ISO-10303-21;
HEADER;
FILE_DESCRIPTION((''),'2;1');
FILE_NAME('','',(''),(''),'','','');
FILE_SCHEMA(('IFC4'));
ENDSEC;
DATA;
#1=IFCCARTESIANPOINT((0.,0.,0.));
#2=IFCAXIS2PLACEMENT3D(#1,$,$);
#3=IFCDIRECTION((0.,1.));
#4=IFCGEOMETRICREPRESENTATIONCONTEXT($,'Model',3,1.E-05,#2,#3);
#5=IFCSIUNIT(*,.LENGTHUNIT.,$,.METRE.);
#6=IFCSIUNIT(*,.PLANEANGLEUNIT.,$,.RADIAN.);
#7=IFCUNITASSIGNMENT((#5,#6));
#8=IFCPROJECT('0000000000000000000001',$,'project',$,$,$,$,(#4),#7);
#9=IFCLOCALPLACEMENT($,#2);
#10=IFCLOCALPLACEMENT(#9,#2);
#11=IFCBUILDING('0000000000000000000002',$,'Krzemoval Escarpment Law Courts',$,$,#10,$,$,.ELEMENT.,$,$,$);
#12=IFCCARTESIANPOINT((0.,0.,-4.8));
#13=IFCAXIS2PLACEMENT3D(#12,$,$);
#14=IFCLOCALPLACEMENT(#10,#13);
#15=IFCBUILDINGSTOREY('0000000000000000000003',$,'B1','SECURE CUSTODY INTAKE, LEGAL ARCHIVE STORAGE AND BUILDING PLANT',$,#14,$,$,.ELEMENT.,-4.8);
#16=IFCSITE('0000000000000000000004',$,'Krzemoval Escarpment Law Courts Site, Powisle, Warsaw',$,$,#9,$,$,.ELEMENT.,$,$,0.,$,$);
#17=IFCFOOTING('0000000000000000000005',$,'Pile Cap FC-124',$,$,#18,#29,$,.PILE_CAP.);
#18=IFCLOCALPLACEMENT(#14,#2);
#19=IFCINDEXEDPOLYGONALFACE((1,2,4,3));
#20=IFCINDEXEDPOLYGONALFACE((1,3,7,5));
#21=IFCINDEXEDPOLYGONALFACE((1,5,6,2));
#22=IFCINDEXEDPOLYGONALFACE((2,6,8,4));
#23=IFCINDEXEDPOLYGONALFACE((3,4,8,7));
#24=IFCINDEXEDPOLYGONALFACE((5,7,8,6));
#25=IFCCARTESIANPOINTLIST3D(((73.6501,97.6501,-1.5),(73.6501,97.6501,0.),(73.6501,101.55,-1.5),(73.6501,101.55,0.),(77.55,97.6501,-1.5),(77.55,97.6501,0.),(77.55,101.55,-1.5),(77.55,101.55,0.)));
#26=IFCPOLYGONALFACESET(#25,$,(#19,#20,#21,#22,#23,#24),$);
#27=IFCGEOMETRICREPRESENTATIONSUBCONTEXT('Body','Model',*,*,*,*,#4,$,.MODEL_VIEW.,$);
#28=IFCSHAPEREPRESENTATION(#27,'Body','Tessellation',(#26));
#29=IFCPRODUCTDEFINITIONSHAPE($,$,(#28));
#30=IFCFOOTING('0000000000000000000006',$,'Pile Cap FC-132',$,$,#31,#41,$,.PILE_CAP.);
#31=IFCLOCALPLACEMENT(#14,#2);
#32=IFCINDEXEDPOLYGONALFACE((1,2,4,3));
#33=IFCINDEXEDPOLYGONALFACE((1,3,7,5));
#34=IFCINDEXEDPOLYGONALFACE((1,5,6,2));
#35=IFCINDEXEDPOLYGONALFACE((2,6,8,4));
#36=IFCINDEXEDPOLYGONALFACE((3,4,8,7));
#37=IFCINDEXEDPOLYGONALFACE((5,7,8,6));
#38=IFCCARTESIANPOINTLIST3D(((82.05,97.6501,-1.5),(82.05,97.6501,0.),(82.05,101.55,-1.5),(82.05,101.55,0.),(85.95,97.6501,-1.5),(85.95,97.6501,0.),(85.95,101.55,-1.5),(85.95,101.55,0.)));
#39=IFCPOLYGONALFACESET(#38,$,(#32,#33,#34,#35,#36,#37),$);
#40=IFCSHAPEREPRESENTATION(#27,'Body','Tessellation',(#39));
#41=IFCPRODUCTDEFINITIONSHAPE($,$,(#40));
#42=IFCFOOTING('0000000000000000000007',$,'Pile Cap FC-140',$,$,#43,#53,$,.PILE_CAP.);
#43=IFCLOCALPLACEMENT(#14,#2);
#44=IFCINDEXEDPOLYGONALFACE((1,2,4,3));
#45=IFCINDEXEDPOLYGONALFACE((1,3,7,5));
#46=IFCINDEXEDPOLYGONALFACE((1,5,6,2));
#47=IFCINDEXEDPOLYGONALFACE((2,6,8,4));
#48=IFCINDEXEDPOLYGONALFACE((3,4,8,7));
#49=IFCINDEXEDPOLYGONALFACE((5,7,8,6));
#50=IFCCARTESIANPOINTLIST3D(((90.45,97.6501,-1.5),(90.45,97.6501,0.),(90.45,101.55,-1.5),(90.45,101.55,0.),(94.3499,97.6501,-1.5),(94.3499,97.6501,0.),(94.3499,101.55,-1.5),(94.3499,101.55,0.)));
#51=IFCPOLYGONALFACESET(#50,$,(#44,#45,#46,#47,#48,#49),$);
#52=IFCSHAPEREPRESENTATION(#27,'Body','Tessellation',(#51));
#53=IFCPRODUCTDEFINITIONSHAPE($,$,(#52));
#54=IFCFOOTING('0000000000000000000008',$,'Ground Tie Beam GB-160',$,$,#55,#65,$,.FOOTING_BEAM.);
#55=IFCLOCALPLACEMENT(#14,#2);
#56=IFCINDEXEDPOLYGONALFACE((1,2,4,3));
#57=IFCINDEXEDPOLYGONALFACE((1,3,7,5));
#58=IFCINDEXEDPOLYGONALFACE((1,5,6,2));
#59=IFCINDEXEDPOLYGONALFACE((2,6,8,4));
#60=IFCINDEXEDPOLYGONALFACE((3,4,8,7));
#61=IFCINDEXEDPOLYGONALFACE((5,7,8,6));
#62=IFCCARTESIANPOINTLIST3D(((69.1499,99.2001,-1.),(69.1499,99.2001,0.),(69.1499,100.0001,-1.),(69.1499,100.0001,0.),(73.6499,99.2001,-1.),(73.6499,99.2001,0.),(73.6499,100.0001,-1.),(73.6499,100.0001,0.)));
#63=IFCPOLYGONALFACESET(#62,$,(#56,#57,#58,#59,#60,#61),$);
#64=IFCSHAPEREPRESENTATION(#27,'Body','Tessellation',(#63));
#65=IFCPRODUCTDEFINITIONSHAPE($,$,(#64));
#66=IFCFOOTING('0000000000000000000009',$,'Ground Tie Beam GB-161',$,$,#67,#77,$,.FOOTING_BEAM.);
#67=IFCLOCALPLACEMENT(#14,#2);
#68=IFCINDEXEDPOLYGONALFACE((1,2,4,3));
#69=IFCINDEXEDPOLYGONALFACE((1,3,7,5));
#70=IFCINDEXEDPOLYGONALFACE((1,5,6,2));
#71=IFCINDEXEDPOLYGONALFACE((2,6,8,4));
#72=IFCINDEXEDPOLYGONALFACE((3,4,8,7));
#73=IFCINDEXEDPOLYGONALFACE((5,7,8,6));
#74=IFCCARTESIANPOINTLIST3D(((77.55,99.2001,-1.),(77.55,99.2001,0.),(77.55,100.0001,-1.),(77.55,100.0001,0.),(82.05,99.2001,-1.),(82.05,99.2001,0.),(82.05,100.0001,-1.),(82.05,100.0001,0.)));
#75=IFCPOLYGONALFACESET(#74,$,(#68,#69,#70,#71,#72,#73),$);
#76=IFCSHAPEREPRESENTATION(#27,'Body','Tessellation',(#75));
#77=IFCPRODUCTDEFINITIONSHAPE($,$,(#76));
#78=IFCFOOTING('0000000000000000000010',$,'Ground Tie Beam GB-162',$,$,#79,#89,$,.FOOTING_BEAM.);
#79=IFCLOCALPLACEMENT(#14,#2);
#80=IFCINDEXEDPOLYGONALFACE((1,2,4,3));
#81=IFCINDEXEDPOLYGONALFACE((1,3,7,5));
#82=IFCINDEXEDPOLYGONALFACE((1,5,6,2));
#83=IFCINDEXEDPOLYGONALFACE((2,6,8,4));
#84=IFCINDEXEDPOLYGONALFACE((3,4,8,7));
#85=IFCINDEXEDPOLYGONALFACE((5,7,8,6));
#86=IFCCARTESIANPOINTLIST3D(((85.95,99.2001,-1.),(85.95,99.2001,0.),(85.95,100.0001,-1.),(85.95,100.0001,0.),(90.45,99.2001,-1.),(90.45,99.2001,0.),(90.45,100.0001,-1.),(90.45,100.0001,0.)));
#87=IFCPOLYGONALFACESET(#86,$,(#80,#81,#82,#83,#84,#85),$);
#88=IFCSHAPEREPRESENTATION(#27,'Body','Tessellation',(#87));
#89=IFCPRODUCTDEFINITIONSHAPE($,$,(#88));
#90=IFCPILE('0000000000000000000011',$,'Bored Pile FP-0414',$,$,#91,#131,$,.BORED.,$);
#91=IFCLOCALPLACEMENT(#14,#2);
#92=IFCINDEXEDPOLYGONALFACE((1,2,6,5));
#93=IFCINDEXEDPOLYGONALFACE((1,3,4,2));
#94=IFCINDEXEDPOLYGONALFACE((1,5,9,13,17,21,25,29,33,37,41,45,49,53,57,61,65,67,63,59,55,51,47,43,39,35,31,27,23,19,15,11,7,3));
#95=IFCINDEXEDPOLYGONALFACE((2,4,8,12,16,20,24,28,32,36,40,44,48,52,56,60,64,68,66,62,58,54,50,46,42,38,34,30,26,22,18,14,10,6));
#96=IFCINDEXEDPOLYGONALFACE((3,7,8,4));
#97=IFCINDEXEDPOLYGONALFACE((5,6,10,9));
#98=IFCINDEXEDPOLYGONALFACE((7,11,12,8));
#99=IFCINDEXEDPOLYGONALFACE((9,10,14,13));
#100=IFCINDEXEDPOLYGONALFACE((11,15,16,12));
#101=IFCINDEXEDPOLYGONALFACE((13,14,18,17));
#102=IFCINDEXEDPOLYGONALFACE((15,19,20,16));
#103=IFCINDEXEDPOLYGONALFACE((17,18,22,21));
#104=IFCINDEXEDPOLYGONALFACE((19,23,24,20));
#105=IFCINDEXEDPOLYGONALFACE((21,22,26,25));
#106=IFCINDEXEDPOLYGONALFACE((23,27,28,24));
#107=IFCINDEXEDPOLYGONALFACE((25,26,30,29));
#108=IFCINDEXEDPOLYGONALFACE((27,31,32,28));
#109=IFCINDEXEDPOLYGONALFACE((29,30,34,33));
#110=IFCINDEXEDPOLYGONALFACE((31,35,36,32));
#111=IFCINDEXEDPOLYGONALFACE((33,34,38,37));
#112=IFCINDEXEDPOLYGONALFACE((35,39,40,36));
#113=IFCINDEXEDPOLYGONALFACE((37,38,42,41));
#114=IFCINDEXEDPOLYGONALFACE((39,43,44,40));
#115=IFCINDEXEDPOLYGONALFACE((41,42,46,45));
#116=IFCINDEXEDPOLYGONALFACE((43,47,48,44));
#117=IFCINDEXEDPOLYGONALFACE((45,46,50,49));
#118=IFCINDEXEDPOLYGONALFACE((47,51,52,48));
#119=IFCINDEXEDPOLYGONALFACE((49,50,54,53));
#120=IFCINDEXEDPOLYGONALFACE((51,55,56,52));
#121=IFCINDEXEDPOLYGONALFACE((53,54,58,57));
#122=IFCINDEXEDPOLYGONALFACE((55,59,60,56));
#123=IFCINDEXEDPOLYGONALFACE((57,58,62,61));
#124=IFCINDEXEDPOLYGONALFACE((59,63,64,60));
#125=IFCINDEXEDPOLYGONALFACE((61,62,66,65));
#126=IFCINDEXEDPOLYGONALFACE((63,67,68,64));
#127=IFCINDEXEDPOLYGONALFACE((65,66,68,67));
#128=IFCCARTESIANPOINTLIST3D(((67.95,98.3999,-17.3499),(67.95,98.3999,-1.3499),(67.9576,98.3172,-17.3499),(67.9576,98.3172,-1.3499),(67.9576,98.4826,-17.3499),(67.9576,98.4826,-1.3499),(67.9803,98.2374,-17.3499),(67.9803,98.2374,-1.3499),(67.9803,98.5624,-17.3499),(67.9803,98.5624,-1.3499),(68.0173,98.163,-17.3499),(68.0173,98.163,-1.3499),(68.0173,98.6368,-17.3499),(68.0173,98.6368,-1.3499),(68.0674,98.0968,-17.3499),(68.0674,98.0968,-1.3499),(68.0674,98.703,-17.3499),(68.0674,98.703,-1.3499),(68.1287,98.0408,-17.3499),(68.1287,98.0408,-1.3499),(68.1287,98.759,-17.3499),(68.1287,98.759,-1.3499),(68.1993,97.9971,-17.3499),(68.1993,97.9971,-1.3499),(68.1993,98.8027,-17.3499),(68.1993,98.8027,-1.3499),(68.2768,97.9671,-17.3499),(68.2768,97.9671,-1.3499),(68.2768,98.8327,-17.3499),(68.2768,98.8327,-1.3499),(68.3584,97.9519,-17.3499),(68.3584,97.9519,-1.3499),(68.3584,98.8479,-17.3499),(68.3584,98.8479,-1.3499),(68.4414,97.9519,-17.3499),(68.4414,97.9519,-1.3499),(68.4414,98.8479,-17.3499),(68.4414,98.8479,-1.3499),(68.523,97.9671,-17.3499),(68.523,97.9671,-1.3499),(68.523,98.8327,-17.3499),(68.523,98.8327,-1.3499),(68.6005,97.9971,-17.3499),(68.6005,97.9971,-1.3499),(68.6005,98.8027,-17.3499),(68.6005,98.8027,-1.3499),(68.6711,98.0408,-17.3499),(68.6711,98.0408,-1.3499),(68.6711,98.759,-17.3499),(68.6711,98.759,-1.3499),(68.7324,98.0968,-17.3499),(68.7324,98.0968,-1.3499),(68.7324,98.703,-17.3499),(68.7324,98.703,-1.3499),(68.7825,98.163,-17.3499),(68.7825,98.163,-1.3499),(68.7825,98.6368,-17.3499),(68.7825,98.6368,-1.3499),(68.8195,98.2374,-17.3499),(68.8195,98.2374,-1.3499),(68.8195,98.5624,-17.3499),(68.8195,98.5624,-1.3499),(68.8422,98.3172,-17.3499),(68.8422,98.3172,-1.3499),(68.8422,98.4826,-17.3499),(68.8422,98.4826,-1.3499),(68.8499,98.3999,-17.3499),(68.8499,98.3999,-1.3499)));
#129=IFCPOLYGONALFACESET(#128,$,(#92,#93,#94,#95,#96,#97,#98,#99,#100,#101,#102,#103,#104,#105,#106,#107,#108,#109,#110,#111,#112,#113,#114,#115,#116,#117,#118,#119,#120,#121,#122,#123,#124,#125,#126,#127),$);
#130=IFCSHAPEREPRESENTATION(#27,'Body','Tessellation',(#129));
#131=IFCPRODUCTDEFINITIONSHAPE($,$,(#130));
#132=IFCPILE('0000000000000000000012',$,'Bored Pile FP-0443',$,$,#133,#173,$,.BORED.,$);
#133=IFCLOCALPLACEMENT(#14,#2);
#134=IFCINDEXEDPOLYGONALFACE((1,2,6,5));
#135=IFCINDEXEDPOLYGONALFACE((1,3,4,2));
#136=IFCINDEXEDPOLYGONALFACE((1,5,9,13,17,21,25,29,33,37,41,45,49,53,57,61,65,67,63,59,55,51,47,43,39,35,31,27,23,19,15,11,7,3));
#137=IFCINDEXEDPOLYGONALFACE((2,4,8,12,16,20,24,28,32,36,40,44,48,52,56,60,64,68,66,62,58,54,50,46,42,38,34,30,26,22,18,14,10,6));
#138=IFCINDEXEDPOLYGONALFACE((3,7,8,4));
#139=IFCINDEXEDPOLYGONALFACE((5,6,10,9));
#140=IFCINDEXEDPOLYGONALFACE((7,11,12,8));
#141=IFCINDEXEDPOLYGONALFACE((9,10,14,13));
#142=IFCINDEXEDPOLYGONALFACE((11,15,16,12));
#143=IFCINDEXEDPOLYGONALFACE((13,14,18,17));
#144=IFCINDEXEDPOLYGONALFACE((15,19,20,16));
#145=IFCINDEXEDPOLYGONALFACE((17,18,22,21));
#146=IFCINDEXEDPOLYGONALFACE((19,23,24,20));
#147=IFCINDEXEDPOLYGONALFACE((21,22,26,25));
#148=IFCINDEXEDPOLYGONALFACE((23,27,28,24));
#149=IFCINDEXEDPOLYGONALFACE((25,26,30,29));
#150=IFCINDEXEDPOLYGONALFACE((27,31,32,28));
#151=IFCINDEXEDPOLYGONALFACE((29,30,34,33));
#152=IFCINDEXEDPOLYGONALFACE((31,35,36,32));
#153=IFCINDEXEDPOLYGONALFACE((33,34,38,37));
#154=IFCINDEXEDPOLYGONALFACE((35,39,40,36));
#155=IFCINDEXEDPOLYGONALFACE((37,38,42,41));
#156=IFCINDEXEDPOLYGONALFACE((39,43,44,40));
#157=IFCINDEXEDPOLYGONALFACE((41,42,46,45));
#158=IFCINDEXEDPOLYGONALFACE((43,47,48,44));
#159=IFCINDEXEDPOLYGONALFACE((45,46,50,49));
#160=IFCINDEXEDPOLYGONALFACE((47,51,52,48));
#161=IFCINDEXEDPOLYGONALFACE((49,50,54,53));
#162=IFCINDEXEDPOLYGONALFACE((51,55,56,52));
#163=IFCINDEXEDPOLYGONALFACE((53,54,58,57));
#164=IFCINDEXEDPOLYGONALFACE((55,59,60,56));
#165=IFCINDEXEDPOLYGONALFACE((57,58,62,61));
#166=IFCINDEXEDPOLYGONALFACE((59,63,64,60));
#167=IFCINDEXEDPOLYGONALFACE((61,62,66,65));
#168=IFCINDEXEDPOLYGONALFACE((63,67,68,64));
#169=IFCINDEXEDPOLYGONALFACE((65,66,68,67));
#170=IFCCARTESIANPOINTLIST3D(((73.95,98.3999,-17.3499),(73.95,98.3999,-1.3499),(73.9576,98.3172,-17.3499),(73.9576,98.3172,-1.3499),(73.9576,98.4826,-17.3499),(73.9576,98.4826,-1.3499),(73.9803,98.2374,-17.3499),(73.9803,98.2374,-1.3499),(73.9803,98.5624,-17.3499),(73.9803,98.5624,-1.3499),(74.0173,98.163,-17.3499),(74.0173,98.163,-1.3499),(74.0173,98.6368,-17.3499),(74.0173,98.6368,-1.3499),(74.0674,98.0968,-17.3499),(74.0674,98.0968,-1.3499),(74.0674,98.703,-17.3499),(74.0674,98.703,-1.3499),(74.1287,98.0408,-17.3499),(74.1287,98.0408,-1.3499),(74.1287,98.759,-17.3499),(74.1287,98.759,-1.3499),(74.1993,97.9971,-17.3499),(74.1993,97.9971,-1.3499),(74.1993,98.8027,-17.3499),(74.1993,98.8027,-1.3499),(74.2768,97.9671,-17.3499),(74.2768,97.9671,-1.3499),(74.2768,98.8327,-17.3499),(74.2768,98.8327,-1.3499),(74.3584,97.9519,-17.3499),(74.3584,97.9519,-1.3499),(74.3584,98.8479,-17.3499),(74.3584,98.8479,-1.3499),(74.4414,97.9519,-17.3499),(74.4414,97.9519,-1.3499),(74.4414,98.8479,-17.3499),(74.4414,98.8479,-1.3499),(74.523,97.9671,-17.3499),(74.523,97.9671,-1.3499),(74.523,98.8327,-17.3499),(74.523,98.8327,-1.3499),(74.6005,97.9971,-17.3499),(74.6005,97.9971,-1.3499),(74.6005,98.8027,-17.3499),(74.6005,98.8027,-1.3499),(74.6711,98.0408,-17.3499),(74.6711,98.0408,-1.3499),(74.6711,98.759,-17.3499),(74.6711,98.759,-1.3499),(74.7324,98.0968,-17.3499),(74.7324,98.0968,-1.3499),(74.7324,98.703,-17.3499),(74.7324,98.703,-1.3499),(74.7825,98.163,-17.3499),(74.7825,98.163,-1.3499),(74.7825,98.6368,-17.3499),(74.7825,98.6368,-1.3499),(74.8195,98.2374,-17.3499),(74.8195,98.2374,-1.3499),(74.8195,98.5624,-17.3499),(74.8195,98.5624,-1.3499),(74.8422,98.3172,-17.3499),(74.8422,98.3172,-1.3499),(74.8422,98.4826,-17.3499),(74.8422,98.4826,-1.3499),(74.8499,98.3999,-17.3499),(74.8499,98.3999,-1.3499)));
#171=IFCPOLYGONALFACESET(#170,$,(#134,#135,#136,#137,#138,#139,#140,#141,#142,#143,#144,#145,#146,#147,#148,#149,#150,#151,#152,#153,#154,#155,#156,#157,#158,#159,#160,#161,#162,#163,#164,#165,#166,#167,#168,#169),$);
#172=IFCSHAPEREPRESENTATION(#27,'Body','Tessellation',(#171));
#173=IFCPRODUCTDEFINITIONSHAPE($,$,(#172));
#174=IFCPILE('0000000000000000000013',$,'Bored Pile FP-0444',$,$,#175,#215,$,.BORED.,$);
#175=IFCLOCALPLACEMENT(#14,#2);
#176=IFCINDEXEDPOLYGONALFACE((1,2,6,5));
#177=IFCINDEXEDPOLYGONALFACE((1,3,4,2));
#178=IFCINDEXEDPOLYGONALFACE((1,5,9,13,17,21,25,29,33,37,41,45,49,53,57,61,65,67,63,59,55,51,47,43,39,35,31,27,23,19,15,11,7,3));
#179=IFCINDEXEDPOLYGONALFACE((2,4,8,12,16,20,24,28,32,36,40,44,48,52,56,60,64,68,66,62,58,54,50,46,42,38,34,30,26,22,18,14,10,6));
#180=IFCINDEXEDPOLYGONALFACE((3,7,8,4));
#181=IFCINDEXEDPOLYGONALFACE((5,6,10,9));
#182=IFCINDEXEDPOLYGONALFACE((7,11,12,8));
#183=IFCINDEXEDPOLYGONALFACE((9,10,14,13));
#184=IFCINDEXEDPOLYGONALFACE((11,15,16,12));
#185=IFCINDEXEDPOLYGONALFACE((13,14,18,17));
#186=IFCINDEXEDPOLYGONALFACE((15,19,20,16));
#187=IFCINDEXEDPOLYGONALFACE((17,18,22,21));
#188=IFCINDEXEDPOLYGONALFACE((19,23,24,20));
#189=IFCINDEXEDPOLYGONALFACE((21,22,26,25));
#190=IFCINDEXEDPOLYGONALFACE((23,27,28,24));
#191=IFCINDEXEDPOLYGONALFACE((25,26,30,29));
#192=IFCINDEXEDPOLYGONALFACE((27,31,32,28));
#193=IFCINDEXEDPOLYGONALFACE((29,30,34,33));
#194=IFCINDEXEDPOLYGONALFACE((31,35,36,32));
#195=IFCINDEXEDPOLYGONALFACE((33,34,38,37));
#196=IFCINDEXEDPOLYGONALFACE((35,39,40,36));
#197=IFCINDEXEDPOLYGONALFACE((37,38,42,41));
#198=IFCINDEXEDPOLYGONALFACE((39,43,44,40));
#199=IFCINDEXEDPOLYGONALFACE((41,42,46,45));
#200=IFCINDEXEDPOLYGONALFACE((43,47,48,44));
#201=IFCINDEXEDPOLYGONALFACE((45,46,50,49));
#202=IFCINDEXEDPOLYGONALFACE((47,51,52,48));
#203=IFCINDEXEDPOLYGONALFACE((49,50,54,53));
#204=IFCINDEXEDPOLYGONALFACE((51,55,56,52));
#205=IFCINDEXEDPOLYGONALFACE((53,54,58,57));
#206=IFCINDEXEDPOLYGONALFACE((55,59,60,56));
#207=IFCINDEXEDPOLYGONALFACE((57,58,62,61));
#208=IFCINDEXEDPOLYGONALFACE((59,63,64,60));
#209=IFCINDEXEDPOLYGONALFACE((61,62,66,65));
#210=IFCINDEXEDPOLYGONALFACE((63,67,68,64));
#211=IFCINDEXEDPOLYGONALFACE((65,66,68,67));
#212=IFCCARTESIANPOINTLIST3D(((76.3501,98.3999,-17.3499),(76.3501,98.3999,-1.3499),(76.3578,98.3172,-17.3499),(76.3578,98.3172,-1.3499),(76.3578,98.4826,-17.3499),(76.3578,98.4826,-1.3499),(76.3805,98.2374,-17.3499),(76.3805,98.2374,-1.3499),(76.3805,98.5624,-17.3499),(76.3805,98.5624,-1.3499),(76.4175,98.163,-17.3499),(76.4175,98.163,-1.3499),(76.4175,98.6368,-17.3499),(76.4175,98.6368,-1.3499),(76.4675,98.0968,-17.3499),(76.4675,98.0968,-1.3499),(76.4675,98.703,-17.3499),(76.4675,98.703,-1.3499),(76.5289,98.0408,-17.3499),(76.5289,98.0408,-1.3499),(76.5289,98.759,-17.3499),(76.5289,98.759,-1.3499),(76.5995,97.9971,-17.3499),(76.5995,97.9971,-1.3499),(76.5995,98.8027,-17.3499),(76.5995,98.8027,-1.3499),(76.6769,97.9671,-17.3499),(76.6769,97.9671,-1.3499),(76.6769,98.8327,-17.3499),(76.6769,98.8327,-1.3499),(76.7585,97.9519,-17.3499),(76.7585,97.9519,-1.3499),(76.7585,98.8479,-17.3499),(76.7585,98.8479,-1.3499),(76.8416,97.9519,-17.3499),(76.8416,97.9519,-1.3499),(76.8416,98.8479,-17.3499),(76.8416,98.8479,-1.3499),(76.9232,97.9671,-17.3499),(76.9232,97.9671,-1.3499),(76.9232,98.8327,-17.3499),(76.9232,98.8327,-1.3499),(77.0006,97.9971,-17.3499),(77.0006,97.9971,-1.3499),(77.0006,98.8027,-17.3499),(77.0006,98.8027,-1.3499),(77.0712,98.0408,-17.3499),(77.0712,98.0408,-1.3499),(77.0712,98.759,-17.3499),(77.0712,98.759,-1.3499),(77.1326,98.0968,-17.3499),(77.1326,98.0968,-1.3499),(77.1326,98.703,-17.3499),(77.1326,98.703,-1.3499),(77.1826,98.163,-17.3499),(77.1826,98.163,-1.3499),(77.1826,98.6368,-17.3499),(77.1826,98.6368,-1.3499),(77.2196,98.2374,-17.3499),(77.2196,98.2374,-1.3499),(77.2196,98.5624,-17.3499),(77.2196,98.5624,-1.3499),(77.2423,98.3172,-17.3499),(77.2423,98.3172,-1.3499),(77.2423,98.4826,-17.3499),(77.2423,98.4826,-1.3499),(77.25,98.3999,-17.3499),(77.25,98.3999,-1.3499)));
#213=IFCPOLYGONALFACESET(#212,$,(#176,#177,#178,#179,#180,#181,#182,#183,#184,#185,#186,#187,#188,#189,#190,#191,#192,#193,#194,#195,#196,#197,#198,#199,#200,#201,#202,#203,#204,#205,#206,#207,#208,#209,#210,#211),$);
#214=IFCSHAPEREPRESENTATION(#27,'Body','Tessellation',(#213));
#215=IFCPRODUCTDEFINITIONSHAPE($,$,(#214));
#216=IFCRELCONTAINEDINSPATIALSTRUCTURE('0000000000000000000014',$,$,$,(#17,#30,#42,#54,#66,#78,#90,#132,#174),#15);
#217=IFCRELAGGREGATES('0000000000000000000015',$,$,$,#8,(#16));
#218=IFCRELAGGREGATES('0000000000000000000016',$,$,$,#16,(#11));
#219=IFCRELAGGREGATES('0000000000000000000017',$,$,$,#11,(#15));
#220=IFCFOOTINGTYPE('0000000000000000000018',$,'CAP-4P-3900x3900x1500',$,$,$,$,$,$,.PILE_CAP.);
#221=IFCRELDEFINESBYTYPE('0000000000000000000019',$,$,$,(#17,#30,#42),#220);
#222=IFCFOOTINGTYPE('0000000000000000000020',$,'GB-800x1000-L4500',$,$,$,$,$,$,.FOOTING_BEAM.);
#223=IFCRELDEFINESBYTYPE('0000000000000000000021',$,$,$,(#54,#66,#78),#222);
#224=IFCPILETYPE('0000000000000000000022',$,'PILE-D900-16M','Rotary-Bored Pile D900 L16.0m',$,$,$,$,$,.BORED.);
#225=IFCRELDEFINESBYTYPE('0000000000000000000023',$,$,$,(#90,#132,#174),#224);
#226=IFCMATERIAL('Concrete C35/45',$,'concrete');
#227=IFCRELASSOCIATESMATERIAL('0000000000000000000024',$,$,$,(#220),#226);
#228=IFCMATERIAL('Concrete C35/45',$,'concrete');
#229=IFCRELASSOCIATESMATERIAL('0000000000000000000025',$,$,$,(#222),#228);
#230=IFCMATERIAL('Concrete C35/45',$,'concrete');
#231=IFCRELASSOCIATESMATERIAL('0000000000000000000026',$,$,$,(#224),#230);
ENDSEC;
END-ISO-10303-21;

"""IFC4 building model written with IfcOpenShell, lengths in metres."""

from ifc_helpers import new_model, si_unit, direction, frame, origin, origin_2d, place, context, subcontext, project, spatial, rectangle, circle, extrude, material, material_profile, profile_set, type_object, element, save


model = new_model("IFC4")

# Units and contexts
model_context = context("Model", 3, precision=1e-05, world=origin(), true_north=direction((0.0, 1.0)))
body_context = subcontext(model_context, "Body", "Model", "MODEL_VIEW")
ifc_project = project(units=[si_unit("LENGTHUNIT", "METRE"), si_unit("PLANEANGLEUNIT", "RADIAN")], contexts=[model_context])

# Site, building, storey
site_placement = place(None, origin())
site = spatial("IfcSite", under=ifc_project, at=site_placement, Name="Krzemoval Escarpment Law Courts Site, Powisle, Warsaw", CompositionType="ELEMENT", RefElevation=0.0)
building_placement = place(site_placement, origin())
building = spatial("IfcBuilding", under=site, at=building_placement, Name="Krzemoval Escarpment Law Courts", CompositionType="ELEMENT")
storey_placement = place(building_placement, frame((0.0, 0.0, -4.8)))
storey = spatial("IfcBuildingStorey", under=building, at=storey_placement, Name="B1", Description="SECURE CUSTODY INTAKE, LEGAL ARCHIVE STORAGE AND BUILDING PLANT", CompositionType="ELEMENT", Elevation=-4.8)

# Footings
ifc_material_1 = material(Name="Concrete C35/45", Category="concrete")
footing_type_1 = type_object("IfcFootingType", Name="CAP-4P-3900x3900x1500", PredefinedType="PILE_CAP", material=ifc_material_1)
for number, where, z_axis, x_axis, name in (
    (1, (75.6001, 99.6001, -1.5), (0.0, 0.0, 1.0), (1.0, 0.0, 0.0), "Pile Cap FC-124"),
    (2, (84.0, 99.6001, -1.5), (0.0, 0.0, 1.0), (1.0, 0.0, 0.0), "Pile Cap FC-132"),
    (3, (92.3999, 99.6001, -1.5), (0.0, 0.0, 1.0), (1.0, 0.0, 0.0), "Pile Cap FC-140"),
):
    element("IfcFooting", number, at=place(storey_placement, frame(where, z_axis=z_axis, x_axis=x_axis)), inside=storey, type_object=footing_type_1, Name=name, PredefinedType="PILE_CAP", context=body_context, shape_type="SweptSolid", body=[
        extrude(rectangle(XDim=3.8999, YDim=3.8999, at=origin_2d()), origin(), (0.0, 0.0, 1.0), 1.5),
    ])
ifc_material_2 = material(Name="Concrete C35/45", Category="concrete")
footing_type_2 = type_object("IfcFootingType", Name="GB-800x1000-L4500", PredefinedType="FOOTING_BEAM", material=ifc_material_2)
for number, where, z_axis, x_axis, name in (
    (4, (71.3999, 99.6001, -1.0), (0.0, 0.0, 1.0), (1.0, 0.0, 0.0), "Ground Tie Beam GB-160"),
    (5, (79.8, 99.6001, -1.0), (0.0, 0.0, 1.0), (1.0, 0.0, 0.0), "Ground Tie Beam GB-161"),
    (6, (88.2, 99.6001, -1.0), (0.0, 0.0, 1.0), (1.0, 0.0, 0.0), "Ground Tie Beam GB-162"),
):
    element("IfcFooting", number, at=place(storey_placement, frame(where, z_axis=z_axis, x_axis=x_axis)), inside=storey, type_object=footing_type_2, Name=name, PredefinedType="FOOTING_BEAM", context=body_context, shape_type="SweptSolid", body=[
        extrude(rectangle(XDim=4.5, YDim=0.8, at=origin_2d()), origin(), (0.0, 0.0, 1.0), 1.0),
    ])

# Piles
ifc_material_3 = material(Name="Concrete C35/45", Category="concrete")
ifc_material_profile_1 = material_profile(ifc_material_3, circle(Radius=0.45, at=origin_2d()), Name="PILE D900")
ifc_profile_set_1 = profile_set([ifc_material_profile_1], Name="Concrete C35/45")
pile_type = type_object("IfcPileType", Name="PILE-D900-16M", Description="Rotary-Bored Pile D900 L16.0m", PredefinedType="BORED", material=ifc_profile_set_1)
for number, where, z_axis, x_axis, name in (
    (7, (68.3999, 98.3999, -1.3499), (0.0, 0.0, -1.0), (1.0, 0.0, 0.0), "Bored Pile FP-0414"),
    (8, (74.3999, 98.3999, -1.3499), (0.0, 0.0, -1.0), (1.0, 0.0, 0.0), "Bored Pile FP-0443"),
    (9, (76.8, 98.3999, -1.3499), (0.0, 0.0, -1.0), (1.0, 0.0, 0.0), "Bored Pile FP-0444"),
):
    element("IfcPile", number, at=place(storey_placement, frame(where, z_axis=z_axis, x_axis=x_axis)), inside=storey, type_object=pile_type, Name=name, PredefinedType="BORED", context=body_context, shape_type="SweptSolid", body=[
        extrude(circle(Radius=0.45, at=origin_2d()), origin(), (0.0, 0.0, 1.0), 16.0),
    ])

save(model, "model.ifc")
